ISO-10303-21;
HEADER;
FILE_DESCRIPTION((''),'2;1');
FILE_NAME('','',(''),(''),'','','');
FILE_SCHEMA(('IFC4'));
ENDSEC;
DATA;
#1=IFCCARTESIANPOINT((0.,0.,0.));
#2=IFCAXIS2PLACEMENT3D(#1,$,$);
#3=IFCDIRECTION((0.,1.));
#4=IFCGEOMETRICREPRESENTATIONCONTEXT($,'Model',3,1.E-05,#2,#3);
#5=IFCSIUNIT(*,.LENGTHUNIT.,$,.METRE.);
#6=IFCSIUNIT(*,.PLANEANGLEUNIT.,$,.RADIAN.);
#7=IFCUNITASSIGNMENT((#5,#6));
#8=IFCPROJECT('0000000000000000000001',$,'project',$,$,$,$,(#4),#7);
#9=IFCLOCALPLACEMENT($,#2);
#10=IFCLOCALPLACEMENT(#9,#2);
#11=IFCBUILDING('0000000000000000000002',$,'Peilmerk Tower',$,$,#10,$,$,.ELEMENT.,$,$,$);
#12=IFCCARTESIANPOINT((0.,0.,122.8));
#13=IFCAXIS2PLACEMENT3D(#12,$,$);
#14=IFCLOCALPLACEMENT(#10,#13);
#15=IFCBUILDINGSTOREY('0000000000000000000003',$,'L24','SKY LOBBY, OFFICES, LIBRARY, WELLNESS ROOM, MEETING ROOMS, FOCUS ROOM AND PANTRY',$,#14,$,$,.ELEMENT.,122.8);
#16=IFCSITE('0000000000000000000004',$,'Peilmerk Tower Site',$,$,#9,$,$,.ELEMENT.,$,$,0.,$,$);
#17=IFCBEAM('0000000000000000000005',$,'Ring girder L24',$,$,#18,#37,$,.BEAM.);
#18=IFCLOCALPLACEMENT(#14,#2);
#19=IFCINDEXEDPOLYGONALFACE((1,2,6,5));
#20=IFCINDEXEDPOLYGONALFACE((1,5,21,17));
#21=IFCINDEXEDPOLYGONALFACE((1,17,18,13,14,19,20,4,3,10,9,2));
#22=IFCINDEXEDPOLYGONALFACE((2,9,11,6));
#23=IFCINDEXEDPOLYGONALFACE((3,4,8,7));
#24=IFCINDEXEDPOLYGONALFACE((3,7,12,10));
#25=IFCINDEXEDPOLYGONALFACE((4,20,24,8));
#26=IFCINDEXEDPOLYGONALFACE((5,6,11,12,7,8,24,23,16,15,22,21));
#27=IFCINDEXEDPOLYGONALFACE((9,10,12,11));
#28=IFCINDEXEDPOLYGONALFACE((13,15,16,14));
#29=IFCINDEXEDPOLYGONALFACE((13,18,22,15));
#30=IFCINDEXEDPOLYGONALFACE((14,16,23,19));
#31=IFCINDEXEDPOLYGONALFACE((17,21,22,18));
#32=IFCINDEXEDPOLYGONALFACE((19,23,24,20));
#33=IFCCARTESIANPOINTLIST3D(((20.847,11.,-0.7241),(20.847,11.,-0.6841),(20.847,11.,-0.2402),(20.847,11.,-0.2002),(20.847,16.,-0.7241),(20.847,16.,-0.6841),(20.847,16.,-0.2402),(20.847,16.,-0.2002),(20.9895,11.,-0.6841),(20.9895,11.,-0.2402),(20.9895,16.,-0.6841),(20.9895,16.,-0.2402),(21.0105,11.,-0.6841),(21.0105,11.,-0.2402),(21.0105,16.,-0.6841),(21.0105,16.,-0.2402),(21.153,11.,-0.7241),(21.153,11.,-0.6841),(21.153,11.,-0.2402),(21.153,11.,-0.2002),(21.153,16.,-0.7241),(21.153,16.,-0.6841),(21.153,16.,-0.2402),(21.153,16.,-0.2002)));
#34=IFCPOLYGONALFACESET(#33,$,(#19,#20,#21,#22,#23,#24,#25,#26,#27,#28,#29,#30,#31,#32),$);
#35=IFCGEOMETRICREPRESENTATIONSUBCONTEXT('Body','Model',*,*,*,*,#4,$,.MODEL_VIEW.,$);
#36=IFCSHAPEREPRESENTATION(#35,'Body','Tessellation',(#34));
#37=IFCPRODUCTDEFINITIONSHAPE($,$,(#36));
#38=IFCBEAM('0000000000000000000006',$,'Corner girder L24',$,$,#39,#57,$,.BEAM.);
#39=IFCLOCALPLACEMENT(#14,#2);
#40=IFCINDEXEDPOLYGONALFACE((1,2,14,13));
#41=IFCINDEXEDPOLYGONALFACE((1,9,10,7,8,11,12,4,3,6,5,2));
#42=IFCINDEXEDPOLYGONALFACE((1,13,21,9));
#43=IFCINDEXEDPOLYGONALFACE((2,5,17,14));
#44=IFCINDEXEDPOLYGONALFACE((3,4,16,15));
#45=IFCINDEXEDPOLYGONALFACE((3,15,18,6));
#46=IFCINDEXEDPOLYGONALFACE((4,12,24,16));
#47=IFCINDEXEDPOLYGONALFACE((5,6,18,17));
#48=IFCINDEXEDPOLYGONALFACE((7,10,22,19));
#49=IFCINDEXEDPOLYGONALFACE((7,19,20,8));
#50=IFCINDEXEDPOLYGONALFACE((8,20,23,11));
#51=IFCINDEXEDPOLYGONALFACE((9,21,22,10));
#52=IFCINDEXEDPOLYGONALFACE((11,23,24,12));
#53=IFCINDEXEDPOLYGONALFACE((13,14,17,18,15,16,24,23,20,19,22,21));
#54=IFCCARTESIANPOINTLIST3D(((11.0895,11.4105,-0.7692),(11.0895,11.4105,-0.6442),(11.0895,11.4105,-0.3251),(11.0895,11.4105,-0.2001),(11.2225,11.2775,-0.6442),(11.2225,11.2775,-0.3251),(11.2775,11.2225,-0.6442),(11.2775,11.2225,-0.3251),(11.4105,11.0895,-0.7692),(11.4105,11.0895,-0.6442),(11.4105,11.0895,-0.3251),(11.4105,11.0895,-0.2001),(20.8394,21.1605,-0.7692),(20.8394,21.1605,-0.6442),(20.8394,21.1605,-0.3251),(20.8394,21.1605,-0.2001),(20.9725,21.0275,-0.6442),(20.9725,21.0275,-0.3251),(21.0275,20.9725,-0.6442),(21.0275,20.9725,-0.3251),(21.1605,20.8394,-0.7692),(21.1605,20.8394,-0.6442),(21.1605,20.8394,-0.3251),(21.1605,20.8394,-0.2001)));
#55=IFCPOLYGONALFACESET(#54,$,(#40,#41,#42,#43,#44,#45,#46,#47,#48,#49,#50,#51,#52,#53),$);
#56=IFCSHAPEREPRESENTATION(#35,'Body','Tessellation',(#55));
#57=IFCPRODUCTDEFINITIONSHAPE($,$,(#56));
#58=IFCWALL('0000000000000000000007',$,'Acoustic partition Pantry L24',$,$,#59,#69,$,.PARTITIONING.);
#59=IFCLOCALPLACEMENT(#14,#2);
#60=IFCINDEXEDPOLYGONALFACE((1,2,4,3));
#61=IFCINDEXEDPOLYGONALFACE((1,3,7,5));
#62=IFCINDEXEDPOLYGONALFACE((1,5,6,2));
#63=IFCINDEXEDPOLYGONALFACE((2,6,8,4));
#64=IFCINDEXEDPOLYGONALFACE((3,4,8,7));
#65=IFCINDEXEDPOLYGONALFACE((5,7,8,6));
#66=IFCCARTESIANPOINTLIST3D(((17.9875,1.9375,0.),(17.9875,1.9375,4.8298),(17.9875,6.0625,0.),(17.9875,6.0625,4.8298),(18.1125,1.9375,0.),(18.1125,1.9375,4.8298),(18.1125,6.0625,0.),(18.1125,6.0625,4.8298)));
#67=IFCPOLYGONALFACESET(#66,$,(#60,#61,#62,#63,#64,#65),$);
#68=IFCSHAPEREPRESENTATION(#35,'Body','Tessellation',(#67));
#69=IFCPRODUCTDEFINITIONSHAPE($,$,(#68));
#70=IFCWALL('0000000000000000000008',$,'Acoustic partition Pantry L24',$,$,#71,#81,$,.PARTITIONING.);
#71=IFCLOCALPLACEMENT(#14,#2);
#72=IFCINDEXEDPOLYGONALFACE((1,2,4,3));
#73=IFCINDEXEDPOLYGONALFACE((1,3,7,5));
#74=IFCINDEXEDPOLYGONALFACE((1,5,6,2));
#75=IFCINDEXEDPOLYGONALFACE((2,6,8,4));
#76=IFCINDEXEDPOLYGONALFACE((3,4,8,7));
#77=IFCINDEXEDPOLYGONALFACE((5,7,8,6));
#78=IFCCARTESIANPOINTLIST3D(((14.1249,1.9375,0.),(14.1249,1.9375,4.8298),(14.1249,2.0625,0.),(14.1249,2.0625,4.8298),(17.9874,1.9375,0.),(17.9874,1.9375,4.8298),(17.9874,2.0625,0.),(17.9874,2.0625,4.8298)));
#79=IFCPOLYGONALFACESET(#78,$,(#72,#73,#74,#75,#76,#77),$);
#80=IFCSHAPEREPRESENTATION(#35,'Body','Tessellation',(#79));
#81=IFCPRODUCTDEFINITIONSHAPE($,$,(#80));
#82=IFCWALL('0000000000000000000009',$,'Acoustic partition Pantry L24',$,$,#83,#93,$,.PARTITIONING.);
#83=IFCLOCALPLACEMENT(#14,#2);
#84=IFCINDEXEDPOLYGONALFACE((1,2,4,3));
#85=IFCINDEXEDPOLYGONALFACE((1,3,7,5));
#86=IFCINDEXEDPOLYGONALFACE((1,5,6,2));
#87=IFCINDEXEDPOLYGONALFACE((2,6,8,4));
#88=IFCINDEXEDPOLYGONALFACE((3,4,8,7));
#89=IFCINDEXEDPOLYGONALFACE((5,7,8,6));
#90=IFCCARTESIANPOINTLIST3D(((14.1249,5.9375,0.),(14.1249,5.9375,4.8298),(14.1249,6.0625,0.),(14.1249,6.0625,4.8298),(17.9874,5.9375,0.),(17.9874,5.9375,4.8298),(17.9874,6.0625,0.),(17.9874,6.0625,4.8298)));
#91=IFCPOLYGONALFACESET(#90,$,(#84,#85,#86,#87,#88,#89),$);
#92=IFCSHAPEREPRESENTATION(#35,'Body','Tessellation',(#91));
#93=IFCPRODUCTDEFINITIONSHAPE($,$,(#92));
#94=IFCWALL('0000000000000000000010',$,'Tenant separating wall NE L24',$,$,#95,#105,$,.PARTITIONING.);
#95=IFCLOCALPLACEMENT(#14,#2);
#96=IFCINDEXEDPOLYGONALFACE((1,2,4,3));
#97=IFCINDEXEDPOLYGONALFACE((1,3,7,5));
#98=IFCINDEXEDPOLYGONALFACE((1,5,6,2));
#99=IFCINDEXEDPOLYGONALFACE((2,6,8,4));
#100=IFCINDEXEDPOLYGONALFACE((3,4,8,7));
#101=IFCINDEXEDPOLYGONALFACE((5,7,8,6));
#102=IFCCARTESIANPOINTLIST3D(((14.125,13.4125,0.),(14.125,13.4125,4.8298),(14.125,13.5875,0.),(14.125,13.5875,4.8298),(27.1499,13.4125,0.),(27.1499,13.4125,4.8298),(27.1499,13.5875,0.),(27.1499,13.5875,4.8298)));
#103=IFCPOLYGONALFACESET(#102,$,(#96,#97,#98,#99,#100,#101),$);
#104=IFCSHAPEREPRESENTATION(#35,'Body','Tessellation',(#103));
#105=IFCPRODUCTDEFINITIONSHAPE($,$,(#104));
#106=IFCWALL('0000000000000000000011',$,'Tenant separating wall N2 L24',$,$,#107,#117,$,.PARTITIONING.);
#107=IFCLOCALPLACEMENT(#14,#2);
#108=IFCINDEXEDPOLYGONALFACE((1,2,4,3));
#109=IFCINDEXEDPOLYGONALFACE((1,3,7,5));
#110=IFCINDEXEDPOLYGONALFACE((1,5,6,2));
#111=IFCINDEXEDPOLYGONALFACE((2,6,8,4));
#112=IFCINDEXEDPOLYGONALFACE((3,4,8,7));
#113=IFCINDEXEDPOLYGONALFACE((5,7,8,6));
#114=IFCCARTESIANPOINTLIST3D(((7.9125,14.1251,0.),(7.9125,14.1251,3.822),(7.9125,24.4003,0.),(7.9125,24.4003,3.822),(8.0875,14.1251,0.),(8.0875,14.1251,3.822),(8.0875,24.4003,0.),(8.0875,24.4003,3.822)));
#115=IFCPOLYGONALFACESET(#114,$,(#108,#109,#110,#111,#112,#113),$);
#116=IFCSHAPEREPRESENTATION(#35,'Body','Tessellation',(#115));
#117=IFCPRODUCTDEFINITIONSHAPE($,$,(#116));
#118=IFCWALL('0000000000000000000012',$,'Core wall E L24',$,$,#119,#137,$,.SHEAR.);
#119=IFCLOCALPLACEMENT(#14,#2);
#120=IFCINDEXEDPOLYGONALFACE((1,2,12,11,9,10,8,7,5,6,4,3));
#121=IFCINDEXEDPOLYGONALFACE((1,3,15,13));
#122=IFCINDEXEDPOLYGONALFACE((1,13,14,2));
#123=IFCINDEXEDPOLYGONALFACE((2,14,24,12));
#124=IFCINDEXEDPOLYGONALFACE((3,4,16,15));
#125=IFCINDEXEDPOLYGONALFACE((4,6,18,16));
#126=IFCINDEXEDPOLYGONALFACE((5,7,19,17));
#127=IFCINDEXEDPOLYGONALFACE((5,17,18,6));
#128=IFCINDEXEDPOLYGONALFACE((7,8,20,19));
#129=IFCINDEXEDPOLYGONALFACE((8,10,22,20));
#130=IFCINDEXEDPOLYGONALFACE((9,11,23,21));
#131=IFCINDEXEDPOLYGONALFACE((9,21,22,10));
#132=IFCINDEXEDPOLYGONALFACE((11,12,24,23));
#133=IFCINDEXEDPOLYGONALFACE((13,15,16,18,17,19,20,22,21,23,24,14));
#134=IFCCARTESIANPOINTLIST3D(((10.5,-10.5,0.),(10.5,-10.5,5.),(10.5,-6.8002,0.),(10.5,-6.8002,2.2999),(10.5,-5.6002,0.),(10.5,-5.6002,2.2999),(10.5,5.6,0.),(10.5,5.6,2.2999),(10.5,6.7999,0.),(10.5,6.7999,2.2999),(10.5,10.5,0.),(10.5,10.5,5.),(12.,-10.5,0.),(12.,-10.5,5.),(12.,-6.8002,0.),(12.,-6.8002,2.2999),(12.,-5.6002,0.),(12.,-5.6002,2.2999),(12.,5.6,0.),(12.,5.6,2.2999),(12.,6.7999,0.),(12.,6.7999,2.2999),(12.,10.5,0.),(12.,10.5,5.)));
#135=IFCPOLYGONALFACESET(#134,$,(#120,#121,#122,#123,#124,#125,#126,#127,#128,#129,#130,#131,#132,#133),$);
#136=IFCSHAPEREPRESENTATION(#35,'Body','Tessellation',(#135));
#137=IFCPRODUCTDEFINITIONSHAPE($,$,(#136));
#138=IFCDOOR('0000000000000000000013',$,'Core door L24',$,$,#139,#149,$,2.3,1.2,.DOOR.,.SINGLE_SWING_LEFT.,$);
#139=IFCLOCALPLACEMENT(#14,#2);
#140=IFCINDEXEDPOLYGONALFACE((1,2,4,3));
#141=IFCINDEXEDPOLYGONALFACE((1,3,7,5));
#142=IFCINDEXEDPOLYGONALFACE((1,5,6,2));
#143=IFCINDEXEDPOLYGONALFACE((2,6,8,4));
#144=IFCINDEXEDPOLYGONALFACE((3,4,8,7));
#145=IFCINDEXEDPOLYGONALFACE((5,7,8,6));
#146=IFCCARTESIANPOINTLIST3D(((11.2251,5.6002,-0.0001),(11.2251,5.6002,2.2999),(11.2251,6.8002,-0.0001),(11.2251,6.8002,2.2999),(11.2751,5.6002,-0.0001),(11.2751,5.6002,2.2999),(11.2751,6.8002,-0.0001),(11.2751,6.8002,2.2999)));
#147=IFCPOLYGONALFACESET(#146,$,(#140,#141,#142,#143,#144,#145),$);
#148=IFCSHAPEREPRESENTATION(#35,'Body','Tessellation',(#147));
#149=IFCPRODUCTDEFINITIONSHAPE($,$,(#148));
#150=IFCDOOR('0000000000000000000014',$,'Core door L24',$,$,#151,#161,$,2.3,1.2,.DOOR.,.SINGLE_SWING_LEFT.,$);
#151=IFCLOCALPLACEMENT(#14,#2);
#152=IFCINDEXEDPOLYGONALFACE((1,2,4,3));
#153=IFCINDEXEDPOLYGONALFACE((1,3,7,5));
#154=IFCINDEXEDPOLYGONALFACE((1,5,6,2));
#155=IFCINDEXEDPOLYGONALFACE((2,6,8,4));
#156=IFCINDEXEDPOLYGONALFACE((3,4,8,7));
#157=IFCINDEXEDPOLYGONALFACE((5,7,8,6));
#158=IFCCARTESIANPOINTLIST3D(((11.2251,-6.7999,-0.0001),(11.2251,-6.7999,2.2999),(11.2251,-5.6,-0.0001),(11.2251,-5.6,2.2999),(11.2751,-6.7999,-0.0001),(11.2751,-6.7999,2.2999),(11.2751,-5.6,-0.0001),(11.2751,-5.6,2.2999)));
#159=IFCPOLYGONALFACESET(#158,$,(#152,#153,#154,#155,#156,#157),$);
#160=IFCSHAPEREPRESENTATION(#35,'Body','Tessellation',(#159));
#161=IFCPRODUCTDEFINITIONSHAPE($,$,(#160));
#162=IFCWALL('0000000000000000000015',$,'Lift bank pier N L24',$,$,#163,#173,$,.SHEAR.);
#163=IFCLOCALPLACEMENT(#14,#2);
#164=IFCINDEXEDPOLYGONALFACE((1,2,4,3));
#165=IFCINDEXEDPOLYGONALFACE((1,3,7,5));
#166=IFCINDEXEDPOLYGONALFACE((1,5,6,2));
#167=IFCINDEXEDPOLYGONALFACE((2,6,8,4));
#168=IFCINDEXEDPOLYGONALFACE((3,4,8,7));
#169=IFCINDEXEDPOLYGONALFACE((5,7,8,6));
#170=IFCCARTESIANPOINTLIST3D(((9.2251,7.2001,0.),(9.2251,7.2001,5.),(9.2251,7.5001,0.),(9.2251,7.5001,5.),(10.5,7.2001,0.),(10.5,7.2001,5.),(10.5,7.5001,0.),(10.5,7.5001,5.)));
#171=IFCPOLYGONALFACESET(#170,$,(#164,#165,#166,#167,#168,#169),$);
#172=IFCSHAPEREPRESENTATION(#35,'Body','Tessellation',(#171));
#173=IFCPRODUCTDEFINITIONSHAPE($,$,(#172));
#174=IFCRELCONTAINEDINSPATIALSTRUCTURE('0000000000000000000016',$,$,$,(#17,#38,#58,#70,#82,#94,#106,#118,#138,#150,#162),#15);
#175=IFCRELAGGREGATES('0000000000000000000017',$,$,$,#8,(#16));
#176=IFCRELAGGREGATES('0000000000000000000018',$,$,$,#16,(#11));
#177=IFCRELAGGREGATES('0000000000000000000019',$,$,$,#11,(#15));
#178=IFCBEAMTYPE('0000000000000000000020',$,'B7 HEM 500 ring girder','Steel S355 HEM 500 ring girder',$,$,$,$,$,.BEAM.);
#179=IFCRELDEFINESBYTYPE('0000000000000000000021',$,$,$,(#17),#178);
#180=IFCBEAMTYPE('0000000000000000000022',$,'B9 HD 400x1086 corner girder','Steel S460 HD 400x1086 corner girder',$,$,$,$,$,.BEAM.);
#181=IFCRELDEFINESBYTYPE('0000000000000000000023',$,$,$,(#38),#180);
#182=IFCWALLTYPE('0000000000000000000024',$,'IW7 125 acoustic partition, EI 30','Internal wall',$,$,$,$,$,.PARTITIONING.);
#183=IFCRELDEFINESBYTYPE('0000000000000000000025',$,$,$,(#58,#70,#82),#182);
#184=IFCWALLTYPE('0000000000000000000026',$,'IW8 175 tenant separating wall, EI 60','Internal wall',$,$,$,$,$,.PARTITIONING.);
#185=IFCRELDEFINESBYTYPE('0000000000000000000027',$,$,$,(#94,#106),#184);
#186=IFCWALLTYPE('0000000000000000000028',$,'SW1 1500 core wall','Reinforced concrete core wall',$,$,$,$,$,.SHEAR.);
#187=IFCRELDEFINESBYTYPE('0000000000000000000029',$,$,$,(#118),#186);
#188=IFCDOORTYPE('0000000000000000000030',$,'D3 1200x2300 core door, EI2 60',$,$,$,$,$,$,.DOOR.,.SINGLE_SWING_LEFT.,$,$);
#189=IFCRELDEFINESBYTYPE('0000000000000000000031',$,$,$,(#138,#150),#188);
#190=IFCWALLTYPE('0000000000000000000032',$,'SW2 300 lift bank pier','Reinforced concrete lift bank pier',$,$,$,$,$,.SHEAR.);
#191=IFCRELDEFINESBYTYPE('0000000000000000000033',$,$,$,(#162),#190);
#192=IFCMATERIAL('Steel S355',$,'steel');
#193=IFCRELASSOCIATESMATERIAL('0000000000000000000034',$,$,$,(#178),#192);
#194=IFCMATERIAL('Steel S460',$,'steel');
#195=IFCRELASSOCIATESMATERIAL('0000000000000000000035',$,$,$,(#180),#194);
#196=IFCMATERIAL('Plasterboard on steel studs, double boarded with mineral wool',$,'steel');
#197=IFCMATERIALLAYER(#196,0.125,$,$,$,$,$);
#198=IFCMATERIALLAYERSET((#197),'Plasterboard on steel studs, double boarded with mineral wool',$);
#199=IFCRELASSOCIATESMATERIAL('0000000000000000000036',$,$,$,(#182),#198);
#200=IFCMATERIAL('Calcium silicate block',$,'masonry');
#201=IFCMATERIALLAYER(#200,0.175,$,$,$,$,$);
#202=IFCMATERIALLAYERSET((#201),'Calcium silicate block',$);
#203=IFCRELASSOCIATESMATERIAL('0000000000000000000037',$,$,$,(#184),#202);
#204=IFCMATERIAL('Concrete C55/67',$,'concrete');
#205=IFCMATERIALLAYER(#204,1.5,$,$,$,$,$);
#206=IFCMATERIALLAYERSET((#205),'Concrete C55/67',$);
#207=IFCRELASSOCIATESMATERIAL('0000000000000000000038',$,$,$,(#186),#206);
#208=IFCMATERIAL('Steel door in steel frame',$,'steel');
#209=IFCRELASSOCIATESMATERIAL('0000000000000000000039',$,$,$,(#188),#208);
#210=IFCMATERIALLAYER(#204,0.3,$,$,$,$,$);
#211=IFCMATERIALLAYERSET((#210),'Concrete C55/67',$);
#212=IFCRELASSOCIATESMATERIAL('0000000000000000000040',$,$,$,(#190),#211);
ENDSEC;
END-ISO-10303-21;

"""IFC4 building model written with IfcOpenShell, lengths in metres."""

from ifc_helpers import new_model, si_unit, direction, frame, frame_2d, origin, origin_2d, place, context, subcontext, project, spatial, rectangle, i_section, extrude, material, layer, layer_set, material_profile, profile_set, type_object, element, fill, save


model = new_model("IFC4")

# Units and contexts
model_context = context("Model", 3, precision=1e-05, world=origin(), true_north=direction((0.0, 1.0)))
body_context = subcontext(model_context, "Body", "Model", "MODEL_VIEW")
ifc_project = project(units=[si_unit("LENGTHUNIT", "METRE"), si_unit("PLANEANGLEUNIT", "RADIAN")], contexts=[model_context])

# Site, building, storey
site_placement = place(None, origin())
site = spatial("IfcSite", under=ifc_project, at=site_placement, Name="Peilmerk Tower Site", CompositionType="ELEMENT", RefElevation=0.0)
building_placement = place(site_placement, origin())
building = spatial("IfcBuilding", under=site, at=building_placement, Name="Peilmerk Tower", CompositionType="ELEMENT")
storey_placement = place(building_placement, frame((0.0, 0.0, 122.8)))
storey = spatial("IfcBuildingStorey", under=building, at=storey_placement, Name="L24", Description="SKY LOBBY, OFFICES, LIBRARY, WELLNESS ROOM, MEETING ROOMS, FOCUS ROOM AND PANTRY", CompositionType="ELEMENT", Elevation=122.8)

# Beams
ifc_material_1 = material(Name="Steel S355", Category="steel")
ifc_material_profile_1 = material_profile(ifc_material_1, i_section(OverallWidth=0.3059, OverallDepth=0.5239, WebThickness=0.021, FlangeThickness=0.04, at=origin_2d()), Name="HEM 500")
ifc_profile_set_1 = profile_set([ifc_material_profile_1], Name="Steel S355")
beam_type_1 = type_object("IfcBeamType", Name="B7 HEM 500 ring girder", Description="Steel S355 HEM 500 ring girder", PredefinedType="BEAM", material=ifc_profile_set_1)
beam_1_placement = place(storey_placement, frame((21.0, 11.0, -0.4622), z_axis=(0.0, 1.0, 0.0), x_axis=(-1.0, 0.0, 0.0)))
element("IfcBeam", 1, at=beam_1_placement, inside=storey, type_object=beam_type_1, Name="Ring girder L24", PredefinedType="BEAM", context=body_context, shape_type="SweptSolid", body=[
    extrude(i_section(OverallWidth=0.3059, OverallDepth=0.5239, WebThickness=0.021, FlangeThickness=0.04, at=origin_2d()), origin(), (0.0, 0.0, 1.0), 5.0),
])
ifc_material_2 = material(Name="Steel S460", Category="steel")
ifc_material_profile_2 = material_profile(ifc_material_2, i_section(OverallWidth=0.4541, OverallDepth=0.5691, WebThickness=0.0779, FlangeThickness=0.125, at=origin_2d()), Name="HD 400x1086")
ifc_profile_set_2 = profile_set([ifc_material_profile_2], Name="Steel S460")
beam_type_2 = type_object("IfcBeamType", Name="B9 HD 400x1086 corner girder", Description="Steel S460 HD 400x1086 corner girder", PredefinedType="BEAM", material=ifc_profile_set_2)
beam_2_placement = place(storey_placement, frame((11.25, 11.25, -0.4846), z_axis=(0.707107, 0.707107, 0.0), x_axis=(-0.707107, 0.707107, 0.0)))
element("IfcBeam", 2, at=beam_2_placement, inside=storey, type_object=beam_type_2, Name="Corner girder L24", PredefinedType="BEAM", context=body_context, shape_type="SweptSolid", body=[
    extrude(i_section(OverallWidth=0.4541, OverallDepth=0.5691, WebThickness=0.0779, FlangeThickness=0.125, at=origin_2d()), origin(), (0.0, 0.0, 1.0), 13.7886),
])

# Walls
ifc_material_3 = material(Name="Plasterboard on steel studs, double boarded with mineral wool", Category="steel")
ifc_layer_1 = layer(ifc_material_3, 0.125)
ifc_layer_set_1 = layer_set([ifc_layer_1], Name="Plasterboard on steel studs, double boarded with mineral wool")
wall_type_1 = type_object("IfcWallType", Name="IW7 125 acoustic partition, EI 30", Description="Internal wall", PredefinedType="PARTITIONING", material=ifc_layer_set_1)
wall_1_placement = place(storey_placement, frame((18.05, 1.9375, 0.0), z_axis=(0.0, 0.0, 1.0), x_axis=(0.0, 1.0, 0.0)))
element("IfcWall", 3, at=wall_1_placement, inside=storey, type_object=wall_type_1, Name="Acoustic partition Pantry L24", PredefinedType="PARTITIONING", context=body_context, shape_type="SweptSolid", body=[
    extrude(rectangle(XDim=4.125, YDim=0.125, at=frame_2d((2.0625, 0.0))), origin(), (0.0, 0.0, 1.0), 4.8298),
])
for number, where, z_axis, x_axis, name in (
    (4, (14.125, 2.0, 0.0), (0.0, 0.0, 1.0), (1.0, 0.0, 0.0), "Acoustic partition Pantry L24"),
    (5, (14.125, 6.0, 0.0), (0.0, 0.0, 1.0), (1.0, 0.0, 0.0), "Acoustic partition Pantry L24"),
):
    element("IfcWall", number, at=place(storey_placement, frame(where, z_axis=z_axis, x_axis=x_axis)), inside=storey, type_object=wall_type_1, Name=name, PredefinedType="PARTITIONING", context=body_context, shape_type="SweptSolid", body=[
        extrude(rectangle(XDim=3.8625, YDim=0.125, at=frame_2d((1.9312, 0.0))), origin(), (0.0, 0.0, 1.0), 4.8298),
    ])
ifc_material_4 = material(Name="Calcium silicate block", Category="masonry")
ifc_layer_2 = layer(ifc_material_4, 0.175)
ifc_layer_set_2 = layer_set([ifc_layer_2], Name="Calcium silicate block")
wall_type_2 = type_object("IfcWallType", Name="IW8 175 tenant separating wall, EI 60", Description="Internal wall", PredefinedType="PARTITIONING", material=ifc_layer_set_2)
wall_2_placement = place(storey_placement, frame((14.125, 13.5, 0.0), z_axis=(0.0, 0.0, 1.0), x_axis=(1.0, 0.0, 0.0)))
element("IfcWall", 6, at=wall_2_placement, inside=storey, type_object=wall_type_2, Name="Tenant separating wall NE L24", PredefinedType="PARTITIONING", context=body_context, shape_type="SweptSolid", body=[
    extrude(rectangle(XDim=13.0249, YDim=0.175, at=frame_2d((6.5125, 0.0))), origin(), (0.0, 0.0, 1.0), 4.8298),
])
wall_3_placement = place(storey_placement, frame((8.0, 14.125, 0.0), z_axis=(0.0, 0.0, 1.0), x_axis=(0.0, 1.0, 0.0)))
element("IfcWall", 7, at=wall_3_placement, inside=storey, type_object=wall_type_2, Name="Tenant separating wall N2 L24", PredefinedType="PARTITIONING", context=body_context, shape_type="SweptSolid", body=[
    extrude(rectangle(XDim=10.2751, YDim=0.175, at=frame_2d((5.1377, 0.0))), origin(), (0.0, 0.0, 1.0), 3.822),
])

# Wall, openings, doors
ifc_material_5 = material(Name="Concrete C55/67", Category="concrete")
ifc_layer_3 = layer(ifc_material_5, 1.5)
ifc_layer_set_3 = layer_set([ifc_layer_3], Name="Concrete C55/67")
wall_type_3 = type_object("IfcWallType", Name="SW1 1500 core wall", Description="Reinforced concrete core wall", PredefinedType="SHEAR", material=ifc_layer_set_3)
wall_4_placement = place(storey_placement, frame((11.25, 10.5, 0.0), z_axis=(0.0, 0.0, 1.0), x_axis=(0.0, -1.0, 0.0)))
wall_4 = element("IfcWall", 8, at=wall_4_placement, inside=storey, type_object=wall_type_3, Name="Core wall E L24", PredefinedType="SHEAR", context=body_context, shape_type="SweptSolid", body=[
    extrude(rectangle(XDim=21.0, YDim=1.5, at=frame_2d((10.5, 0.0))), origin(), (0.0, 0.0, 1.0), 5.0),
])
opening_1_placement = place(wall_4_placement, frame((3.7, 0.0, 0.0)))
opening_1 = element("IfcOpeningElement", 9, at=opening_1_placement, cuts=wall_4, PredefinedType="OPENING", context=body_context, shape_type="SweptSolid", body=[
    extrude(rectangle(XDim=1.2, YDim=2.3, at=frame_2d((0.6001, 1.1499))), frame((0.0, 0.76, 0.0), z_axis=(0.0, -1.0, 0.0), x_axis=(1.0, 0.0, 0.0)), (0.0, 0.0, 1.0), 1.52),
])
opening_2_placement = place(wall_4_placement, frame((16.1001, 0.0, 0.0)))
opening_2 = element("IfcOpeningElement", 10, at=opening_2_placement, cuts=wall_4, PredefinedType="OPENING", context=body_context, shape_type="SweptSolid", body=[
    extrude(rectangle(XDim=1.2, YDim=2.3, at=frame_2d((0.6001, 1.1499))), frame((0.0, 0.76, 0.0), z_axis=(0.0, -1.0, 0.0), x_axis=(1.0, 0.0, 0.0)), (0.0, 0.0, 1.0), 1.52),
])
ifc_material_6 = material(Name="Steel door in steel frame", Category="steel")
door_type = type_object("IfcDoorType", Name="D3 1200x2300 core door, EI2 60", OperationType="SINGLE_SWING_LEFT", PredefinedType="DOOR", material=ifc_material_6)
door_1_placement = place(opening_1_placement, frame((1.2, 0.0, 0.0), z_axis=(0.0, 0.0, 1.0), x_axis=(-1.0, 0.0, 0.0)))
door_1 = element("IfcDoor", 11, at=door_1_placement, inside=storey, type_object=door_type, Name="Core door L24", OperationType="SINGLE_SWING_LEFT", OverallHeight=2.3, OverallWidth=1.2, PredefinedType="DOOR", context=body_context, shape_type="SweptSolid", body=[
    extrude(rectangle(XDim=1.2, YDim=2.3, at=frame_2d((0.6001, 1.1499))), frame((0.0, 0.0249, 0.0), z_axis=(0.0, -1.0, 0.0), x_axis=(1.0, 0.0, 0.0)), (0.0, 0.0, 1.0), 0.05),
])
fill(opening_1, door_1)
door_2_placement = place(opening_2_placement, frame((1.2, 0.0, 0.0), z_axis=(0.0, 0.0, 1.0), x_axis=(-1.0, 0.0, 0.0)))
door_2 = element("IfcDoor", 12, at=door_2_placement, inside=storey, type_object=door_type, Name="Core door L24", OperationType="SINGLE_SWING_LEFT", OverallHeight=2.3, OverallWidth=1.2, PredefinedType="DOOR", context=body_context, shape_type="SweptSolid", body=[
    extrude(rectangle(XDim=1.2, YDim=2.3, at=frame_2d((0.6001, 1.1499))), frame((0.0, 0.0249, 0.0), z_axis=(0.0, -1.0, 0.0), x_axis=(1.0, 0.0, 0.0)), (0.0, 0.0, 1.0), 0.05),
])
fill(opening_2, door_2)

# Wall
ifc_layer_4 = layer(ifc_material_5, 0.3)
ifc_layer_set_4 = layer_set([ifc_layer_4], Name="Concrete C55/67")
wall_type_4 = type_object("IfcWallType", Name="SW2 300 lift bank pier", Description="Reinforced concrete lift bank pier", PredefinedType="SHEAR", material=ifc_layer_set_4)
wall_5_placement = place(storey_placement, frame((9.2251, 7.3501, 0.0), z_axis=(0.0, 0.0, 1.0), x_axis=(1.0, 0.0, 0.0)))
element("IfcWall", 13, at=wall_5_placement, inside=storey, type_object=wall_type_4, Name="Lift bank pier N L24", PredefinedType="SHEAR", context=body_context, shape_type="SweptSolid", body=[
    extrude(rectangle(XDim=1.2749, YDim=0.3, at=frame_2d((0.6375, 0.0))), origin(), (0.0, 0.0, 1.0), 5.0),
])

save(model, "model.ifc")
